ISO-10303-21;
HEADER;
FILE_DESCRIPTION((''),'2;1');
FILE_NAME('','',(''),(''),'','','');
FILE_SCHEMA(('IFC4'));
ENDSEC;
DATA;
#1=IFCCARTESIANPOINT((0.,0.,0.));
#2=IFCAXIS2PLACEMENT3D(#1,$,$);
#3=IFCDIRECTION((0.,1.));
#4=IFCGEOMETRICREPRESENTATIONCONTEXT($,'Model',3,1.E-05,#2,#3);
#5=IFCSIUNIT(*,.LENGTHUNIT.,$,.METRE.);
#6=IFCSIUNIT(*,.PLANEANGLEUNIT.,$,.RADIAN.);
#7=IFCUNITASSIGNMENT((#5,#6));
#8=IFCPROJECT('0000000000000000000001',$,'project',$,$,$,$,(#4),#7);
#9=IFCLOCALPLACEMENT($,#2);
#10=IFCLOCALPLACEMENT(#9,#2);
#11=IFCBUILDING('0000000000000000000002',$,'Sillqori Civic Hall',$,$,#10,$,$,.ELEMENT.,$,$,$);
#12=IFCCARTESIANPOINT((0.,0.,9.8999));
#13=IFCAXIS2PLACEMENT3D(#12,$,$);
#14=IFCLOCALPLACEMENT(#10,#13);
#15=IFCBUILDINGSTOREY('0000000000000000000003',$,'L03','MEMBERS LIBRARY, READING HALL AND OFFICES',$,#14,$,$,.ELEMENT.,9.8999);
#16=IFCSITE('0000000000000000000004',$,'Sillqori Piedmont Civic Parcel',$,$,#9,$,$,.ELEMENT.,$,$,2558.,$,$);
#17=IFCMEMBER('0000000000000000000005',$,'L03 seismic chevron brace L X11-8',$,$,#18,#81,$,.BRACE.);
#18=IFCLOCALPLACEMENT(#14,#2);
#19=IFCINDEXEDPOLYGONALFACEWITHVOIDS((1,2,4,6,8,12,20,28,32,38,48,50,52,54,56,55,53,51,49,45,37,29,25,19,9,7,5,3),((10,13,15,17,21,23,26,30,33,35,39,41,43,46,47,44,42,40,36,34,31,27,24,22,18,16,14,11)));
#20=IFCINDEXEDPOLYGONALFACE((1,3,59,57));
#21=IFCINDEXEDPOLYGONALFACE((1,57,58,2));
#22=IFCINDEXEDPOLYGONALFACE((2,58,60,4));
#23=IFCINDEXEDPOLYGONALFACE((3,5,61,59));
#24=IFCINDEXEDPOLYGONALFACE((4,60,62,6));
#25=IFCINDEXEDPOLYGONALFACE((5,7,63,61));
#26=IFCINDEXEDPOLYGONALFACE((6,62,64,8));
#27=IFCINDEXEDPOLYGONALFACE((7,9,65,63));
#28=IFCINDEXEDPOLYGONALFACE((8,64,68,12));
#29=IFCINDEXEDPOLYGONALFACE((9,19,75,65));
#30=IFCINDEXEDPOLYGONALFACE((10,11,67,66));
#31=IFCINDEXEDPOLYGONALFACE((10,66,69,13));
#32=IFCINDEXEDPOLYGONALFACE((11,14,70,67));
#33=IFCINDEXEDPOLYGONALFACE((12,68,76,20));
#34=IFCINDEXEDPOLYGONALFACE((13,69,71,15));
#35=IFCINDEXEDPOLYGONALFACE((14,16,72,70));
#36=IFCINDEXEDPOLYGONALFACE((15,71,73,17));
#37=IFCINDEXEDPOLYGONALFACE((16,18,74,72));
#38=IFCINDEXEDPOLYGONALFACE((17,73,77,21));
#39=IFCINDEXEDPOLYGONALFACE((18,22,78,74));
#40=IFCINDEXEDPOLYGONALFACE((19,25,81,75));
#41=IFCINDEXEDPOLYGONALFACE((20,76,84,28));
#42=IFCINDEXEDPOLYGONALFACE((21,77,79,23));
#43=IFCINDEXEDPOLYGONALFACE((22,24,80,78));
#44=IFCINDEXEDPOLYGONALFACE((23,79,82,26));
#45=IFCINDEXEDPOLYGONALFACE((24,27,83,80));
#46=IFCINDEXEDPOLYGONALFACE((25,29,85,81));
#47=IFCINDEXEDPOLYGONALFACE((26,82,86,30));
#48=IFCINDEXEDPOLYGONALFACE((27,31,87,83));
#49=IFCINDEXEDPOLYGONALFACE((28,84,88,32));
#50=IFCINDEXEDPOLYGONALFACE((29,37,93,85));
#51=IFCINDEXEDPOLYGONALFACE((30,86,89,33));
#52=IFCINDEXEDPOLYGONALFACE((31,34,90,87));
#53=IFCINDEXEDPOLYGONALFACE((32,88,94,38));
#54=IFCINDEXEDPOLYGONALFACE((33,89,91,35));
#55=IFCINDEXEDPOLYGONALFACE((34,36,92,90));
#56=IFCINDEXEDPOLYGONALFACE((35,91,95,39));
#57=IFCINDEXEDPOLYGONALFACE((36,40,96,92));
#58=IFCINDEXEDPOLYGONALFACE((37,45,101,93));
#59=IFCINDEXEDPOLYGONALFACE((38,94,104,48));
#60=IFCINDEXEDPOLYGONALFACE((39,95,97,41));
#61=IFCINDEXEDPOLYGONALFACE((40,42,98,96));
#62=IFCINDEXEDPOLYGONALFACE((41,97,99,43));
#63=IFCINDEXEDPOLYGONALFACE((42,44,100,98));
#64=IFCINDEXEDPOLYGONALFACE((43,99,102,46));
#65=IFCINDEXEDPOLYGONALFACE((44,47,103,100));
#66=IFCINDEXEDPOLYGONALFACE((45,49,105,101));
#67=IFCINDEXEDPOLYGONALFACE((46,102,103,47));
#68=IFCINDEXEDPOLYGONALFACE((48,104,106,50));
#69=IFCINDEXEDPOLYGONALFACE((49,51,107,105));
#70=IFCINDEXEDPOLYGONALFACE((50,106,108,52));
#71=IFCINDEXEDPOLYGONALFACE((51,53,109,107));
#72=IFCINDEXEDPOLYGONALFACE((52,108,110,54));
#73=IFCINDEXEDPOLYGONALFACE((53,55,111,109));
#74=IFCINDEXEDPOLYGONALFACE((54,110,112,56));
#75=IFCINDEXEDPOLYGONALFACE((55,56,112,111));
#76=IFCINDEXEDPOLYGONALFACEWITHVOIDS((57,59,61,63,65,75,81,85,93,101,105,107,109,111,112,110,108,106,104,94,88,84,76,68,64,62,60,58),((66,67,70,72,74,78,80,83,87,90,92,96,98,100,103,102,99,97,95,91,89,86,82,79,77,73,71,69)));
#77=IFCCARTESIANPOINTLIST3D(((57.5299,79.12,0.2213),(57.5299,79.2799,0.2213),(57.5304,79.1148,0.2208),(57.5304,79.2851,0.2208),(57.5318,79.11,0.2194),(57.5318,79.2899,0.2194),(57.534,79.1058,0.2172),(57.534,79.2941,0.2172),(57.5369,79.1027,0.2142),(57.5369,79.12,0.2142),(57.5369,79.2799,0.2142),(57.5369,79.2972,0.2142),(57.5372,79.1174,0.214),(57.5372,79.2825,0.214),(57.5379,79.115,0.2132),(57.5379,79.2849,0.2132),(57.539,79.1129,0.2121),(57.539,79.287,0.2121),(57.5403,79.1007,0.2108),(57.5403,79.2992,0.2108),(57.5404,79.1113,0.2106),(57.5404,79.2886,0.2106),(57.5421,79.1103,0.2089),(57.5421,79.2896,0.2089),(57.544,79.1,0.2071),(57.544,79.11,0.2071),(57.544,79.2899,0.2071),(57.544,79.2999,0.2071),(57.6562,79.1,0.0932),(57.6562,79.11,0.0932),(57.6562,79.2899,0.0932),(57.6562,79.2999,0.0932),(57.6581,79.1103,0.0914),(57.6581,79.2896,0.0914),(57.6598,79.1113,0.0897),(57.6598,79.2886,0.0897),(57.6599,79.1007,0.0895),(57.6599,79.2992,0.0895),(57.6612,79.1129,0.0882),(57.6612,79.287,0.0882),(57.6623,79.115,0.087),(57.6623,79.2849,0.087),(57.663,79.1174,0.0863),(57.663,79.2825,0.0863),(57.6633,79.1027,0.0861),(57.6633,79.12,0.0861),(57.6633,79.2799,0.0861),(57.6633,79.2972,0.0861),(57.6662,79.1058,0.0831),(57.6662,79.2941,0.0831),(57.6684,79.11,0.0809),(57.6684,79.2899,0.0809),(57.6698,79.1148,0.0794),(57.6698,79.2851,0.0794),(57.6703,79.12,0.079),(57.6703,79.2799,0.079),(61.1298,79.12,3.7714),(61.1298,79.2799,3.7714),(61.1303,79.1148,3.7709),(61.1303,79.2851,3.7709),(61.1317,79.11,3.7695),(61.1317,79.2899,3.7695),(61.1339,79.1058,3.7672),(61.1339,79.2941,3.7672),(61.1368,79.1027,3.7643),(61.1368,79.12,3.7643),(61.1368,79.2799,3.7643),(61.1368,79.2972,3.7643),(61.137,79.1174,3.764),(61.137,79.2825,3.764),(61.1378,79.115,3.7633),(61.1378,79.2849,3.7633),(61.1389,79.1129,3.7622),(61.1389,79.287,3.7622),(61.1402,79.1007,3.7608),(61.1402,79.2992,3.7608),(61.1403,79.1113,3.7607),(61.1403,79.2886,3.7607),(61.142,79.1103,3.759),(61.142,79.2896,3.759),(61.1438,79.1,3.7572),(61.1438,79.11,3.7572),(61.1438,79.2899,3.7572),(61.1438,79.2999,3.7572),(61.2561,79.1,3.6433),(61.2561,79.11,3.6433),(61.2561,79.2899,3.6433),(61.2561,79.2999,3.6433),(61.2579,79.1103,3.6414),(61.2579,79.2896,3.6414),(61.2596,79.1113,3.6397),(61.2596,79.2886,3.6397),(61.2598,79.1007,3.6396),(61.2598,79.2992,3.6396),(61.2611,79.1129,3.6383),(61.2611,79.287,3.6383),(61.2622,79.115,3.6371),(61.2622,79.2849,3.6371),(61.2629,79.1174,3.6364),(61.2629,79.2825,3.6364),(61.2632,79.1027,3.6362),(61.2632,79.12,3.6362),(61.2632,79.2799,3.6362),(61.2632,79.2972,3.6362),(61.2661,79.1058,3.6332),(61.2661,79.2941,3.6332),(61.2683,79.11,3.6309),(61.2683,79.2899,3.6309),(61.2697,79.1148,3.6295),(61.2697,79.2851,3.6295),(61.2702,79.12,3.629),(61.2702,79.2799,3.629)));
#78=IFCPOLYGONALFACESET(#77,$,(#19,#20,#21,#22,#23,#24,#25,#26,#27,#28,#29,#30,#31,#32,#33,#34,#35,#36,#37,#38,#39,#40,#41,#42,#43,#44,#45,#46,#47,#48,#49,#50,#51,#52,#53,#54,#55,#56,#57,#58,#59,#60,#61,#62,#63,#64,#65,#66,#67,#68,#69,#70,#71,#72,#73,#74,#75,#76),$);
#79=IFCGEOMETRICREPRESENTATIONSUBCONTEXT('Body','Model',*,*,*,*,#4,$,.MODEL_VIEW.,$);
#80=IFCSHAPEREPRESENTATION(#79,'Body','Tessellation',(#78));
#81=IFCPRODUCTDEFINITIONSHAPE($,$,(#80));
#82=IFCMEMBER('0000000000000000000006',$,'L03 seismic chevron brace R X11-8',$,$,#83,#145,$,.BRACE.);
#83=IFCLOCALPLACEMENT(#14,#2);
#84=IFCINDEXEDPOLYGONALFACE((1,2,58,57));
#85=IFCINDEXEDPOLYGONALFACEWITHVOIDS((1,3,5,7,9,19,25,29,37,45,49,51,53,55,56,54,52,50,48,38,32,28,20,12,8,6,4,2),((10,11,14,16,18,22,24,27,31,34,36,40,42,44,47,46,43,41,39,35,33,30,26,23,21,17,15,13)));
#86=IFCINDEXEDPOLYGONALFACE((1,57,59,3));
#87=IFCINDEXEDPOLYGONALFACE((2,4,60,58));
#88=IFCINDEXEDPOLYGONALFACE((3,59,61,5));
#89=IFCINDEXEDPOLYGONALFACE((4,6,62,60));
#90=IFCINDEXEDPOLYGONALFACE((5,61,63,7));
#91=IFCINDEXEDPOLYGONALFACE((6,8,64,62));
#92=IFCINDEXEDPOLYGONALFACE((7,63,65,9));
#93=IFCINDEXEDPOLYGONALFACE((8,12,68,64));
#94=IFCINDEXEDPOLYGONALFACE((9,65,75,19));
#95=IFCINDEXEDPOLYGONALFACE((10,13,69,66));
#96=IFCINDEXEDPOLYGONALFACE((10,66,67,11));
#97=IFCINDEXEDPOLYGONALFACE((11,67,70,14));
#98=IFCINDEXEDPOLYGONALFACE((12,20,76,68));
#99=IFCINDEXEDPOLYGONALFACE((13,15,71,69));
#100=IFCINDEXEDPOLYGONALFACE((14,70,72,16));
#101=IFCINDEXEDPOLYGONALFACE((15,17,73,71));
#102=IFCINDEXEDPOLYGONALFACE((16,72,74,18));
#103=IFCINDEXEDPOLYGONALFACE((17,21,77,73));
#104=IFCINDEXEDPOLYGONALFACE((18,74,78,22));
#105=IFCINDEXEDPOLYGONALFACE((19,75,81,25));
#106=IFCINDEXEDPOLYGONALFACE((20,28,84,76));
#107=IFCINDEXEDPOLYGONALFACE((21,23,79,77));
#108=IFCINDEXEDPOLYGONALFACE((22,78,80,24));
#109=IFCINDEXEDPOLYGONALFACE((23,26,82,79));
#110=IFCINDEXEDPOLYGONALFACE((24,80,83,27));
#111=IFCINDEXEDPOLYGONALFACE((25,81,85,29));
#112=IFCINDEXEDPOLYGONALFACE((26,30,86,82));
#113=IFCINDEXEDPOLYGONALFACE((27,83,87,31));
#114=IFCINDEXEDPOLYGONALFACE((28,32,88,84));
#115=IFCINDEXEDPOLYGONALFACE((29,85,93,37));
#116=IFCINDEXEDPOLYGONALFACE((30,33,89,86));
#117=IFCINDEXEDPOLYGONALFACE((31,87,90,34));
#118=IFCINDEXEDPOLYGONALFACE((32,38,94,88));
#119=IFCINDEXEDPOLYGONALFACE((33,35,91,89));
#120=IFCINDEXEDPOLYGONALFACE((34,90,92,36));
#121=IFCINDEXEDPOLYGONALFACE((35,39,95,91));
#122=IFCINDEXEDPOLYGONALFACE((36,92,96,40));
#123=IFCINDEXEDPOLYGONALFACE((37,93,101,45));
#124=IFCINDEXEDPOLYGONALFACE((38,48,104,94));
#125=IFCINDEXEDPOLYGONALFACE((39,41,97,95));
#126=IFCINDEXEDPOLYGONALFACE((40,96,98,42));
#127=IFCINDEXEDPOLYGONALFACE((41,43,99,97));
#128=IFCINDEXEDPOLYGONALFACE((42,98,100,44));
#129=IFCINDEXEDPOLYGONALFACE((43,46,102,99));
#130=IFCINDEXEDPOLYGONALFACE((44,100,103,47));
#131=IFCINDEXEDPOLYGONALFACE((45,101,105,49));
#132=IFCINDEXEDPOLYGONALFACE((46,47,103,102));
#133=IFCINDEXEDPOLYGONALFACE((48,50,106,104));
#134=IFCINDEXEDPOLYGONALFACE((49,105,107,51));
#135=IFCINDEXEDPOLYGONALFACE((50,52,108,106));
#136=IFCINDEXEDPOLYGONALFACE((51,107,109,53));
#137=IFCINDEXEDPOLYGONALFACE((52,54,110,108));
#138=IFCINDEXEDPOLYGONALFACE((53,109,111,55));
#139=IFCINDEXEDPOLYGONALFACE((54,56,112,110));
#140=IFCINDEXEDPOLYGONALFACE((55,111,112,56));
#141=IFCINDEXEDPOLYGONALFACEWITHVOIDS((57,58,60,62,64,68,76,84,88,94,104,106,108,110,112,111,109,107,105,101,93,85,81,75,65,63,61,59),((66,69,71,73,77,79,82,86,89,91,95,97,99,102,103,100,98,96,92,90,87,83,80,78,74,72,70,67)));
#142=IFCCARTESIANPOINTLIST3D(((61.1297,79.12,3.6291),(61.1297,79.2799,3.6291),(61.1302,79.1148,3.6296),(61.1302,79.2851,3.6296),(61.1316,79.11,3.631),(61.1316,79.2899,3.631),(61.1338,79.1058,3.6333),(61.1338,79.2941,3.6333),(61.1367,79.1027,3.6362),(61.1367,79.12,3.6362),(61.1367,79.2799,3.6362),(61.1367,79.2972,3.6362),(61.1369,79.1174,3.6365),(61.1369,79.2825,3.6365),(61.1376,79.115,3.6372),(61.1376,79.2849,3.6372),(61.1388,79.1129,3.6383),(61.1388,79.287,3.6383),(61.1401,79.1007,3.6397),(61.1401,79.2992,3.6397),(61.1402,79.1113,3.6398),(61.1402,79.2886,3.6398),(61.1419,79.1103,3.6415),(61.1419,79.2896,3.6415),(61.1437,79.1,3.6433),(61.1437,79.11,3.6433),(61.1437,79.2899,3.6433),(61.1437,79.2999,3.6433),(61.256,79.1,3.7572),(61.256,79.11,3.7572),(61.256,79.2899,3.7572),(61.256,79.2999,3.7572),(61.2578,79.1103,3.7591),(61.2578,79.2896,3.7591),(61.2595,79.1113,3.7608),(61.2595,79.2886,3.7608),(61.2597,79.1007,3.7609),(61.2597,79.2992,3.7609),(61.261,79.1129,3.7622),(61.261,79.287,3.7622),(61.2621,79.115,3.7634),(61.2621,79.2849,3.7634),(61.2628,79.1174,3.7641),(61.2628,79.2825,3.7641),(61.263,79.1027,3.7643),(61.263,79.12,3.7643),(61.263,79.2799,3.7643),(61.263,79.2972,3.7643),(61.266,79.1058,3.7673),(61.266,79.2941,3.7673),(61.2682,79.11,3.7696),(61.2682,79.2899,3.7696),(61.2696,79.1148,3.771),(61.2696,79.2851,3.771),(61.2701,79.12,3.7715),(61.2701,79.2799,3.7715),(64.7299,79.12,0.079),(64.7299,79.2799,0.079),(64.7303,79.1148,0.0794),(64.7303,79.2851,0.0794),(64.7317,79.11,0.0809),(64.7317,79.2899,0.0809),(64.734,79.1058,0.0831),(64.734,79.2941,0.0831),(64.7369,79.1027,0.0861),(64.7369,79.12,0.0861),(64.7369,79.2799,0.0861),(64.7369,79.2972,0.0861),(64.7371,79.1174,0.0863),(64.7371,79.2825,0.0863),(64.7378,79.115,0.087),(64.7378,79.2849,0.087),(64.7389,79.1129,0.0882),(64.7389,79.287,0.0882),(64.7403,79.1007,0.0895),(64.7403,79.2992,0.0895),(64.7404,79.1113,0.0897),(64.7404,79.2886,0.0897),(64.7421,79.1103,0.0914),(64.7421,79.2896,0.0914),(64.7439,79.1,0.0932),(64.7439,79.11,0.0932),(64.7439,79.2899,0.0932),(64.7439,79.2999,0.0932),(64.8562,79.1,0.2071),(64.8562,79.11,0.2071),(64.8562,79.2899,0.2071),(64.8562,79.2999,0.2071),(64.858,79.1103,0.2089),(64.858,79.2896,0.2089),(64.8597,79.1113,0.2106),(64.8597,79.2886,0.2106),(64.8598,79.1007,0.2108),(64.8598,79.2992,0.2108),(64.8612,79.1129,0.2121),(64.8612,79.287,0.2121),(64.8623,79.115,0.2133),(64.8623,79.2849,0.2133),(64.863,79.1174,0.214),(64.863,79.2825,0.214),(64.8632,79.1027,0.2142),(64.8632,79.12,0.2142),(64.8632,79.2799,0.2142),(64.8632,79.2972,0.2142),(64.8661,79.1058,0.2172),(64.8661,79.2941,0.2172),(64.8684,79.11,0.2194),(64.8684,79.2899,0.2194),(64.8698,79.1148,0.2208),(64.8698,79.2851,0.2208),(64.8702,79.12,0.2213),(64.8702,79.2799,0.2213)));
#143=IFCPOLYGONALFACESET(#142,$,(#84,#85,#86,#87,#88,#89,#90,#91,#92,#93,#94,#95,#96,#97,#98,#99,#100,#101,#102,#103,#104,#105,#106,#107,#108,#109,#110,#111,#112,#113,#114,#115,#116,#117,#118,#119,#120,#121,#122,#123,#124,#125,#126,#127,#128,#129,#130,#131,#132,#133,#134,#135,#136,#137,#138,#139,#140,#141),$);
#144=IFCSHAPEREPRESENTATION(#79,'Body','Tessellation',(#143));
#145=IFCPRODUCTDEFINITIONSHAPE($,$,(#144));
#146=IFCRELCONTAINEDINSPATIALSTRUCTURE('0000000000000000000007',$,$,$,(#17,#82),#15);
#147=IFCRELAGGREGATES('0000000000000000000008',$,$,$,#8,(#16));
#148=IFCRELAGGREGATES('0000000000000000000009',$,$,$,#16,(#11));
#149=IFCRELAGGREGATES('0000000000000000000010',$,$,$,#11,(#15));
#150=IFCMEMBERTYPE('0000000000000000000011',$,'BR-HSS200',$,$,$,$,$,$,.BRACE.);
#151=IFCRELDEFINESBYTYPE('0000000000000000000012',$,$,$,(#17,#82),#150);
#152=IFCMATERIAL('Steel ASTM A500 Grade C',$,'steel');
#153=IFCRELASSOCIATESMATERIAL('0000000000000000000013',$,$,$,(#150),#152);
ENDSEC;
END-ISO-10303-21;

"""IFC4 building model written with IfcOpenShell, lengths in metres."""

from ifc_helpers import new_model, si_unit, direction, frame, origin, origin_2d, place, context, subcontext, project, spatial, hollow_rectangle, extrude, material, material_profile, profile_set, type_object, element, save


model = new_model("IFC4")

# Units and contexts
model_context = context("Model", 3, precision=1e-05, world=origin(), true_north=direction((0.0, 1.0)))
body_context = subcontext(model_context, "Body", "Model", "MODEL_VIEW")
ifc_project = project(units=[si_unit("LENGTHUNIT", "METRE"), si_unit("PLANEANGLEUNIT", "RADIAN")], contexts=[model_context])

# Site, building, storey
site_placement = place(None, origin())
site = spatial("IfcSite", under=ifc_project, at=site_placement, Name="Sillqori Piedmont Civic Parcel", CompositionType="ELEMENT", RefElevation=2558.0)
building_placement = place(site_placement, origin())
building = spatial("IfcBuilding", under=site, at=building_placement, Name="Sillqori Civic Hall", CompositionType="ELEMENT")
storey_placement = place(building_placement, frame((0.0, 0.0, 9.8999)))
storey = spatial("IfcBuildingStorey", under=building, at=storey_placement, Name="L03", Description="MEMBERS LIBRARY, READING HALL AND OFFICES", CompositionType="ELEMENT", Elevation=9.8999)

# Members
ifc_material_1 = material(Name="Steel ASTM A500 Grade C", Category="steel")
ifc_material_profile_1 = material_profile(ifc_material_1, hollow_rectangle(XDim=0.2, YDim=0.2, WallThickness=0.01, InnerFilletRadius=0.01, OuterFilletRadius=0.02, at=origin_2d()), Name="HSS200X200X10")
ifc_profile_set_1 = profile_set([ifc_material_profile_1], Name="Steel ASTM A500 Grade C")
member_type = type_object("IfcMemberType", Name="BR-HSS200", PredefinedType="BRACE", material=ifc_profile_set_1)
member_1_placement = place(storey_placement, frame((57.6001, 79.2, 0.1501), z_axis=(0.712015, 0.0, 0.702164), x_axis=(0.0, 1.0, 0.0)))
element("IfcMember", 1, at=member_1_placement, inside=storey, type_object=member_type, Name="L03 seismic chevron brace L X11-8", PredefinedType="BRACE", context=body_context, shape_type="SweptSolid", body=[
    extrude(hollow_rectangle(XDim=0.2, YDim=0.2, WallThickness=0.01, InnerFilletRadius=0.01, OuterFilletRadius=0.02, at=origin_2d()), origin(), (0.0, 0.0, 1.0), 5.0559),
])
member_2_placement = place(storey_placement, frame((64.8, 79.2, 0.1501), z_axis=(-0.712039, 0.0, 0.70214), x_axis=(0.0, -1.0, 0.0)))
element("IfcMember", 2, at=member_2_placement, inside=storey, type_object=member_type, Name="L03 seismic chevron brace R X11-8", PredefinedType="BRACE", context=body_context, shape_type="SweptSolid", body=[
    extrude(hollow_rectangle(XDim=0.2, YDim=0.2, WallThickness=0.01, InnerFilletRadius=0.01, OuterFilletRadius=0.02, at=origin_2d()), origin(), (0.0, 0.0, 1.0), 5.0562),
])

save(model, "model.ifc")
